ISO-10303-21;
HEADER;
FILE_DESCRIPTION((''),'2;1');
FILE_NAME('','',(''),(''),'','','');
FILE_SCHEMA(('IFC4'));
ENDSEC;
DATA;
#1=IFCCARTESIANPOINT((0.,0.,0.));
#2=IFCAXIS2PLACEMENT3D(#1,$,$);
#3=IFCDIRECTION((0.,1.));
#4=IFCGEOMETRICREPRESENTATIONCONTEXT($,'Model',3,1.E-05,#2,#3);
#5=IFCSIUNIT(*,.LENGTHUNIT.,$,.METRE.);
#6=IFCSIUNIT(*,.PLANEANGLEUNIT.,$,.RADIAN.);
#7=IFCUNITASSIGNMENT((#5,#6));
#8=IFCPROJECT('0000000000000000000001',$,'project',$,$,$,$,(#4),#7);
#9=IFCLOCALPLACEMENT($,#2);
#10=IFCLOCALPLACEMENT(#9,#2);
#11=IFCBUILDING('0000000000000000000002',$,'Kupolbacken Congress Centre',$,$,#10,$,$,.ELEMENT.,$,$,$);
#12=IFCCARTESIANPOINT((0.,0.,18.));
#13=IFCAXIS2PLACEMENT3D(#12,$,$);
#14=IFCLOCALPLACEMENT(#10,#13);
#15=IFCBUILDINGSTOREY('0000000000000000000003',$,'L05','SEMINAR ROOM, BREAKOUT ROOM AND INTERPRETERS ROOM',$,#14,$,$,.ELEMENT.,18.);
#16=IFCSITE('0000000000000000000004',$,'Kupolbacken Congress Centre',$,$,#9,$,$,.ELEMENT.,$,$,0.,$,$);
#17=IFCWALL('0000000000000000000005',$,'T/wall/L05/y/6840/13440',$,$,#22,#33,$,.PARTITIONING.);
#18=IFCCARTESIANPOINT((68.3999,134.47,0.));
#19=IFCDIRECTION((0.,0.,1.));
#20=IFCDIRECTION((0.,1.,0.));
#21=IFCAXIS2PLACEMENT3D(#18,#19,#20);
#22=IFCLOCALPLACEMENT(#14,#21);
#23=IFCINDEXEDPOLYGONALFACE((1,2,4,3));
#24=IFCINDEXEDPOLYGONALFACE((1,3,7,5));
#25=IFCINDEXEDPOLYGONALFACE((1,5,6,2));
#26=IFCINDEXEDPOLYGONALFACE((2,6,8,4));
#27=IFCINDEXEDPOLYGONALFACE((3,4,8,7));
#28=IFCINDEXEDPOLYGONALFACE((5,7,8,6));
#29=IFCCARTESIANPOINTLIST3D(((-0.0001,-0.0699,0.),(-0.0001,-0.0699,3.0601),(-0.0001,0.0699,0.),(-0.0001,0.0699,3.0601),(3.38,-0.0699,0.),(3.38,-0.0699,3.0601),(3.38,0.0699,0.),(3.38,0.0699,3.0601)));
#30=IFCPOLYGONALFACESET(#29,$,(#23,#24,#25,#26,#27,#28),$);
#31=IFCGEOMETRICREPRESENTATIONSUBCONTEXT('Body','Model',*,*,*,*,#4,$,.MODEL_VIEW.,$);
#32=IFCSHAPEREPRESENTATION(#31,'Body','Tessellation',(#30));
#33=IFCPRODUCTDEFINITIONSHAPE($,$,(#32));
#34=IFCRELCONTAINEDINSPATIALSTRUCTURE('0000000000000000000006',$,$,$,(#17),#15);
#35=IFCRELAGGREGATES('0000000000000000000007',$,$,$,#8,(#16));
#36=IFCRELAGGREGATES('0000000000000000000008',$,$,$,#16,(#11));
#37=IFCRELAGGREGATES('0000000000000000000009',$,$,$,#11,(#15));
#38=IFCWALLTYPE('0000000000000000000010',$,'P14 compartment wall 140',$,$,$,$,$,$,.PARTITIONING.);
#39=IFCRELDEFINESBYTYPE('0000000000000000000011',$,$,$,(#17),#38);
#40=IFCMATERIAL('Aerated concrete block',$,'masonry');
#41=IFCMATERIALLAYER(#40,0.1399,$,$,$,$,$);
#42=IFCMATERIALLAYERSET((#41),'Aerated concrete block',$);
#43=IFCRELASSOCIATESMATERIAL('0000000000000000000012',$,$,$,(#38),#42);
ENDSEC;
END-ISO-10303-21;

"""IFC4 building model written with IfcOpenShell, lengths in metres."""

from ifc_helpers import new_model, si_unit, direction, frame, frame_2d, origin, place, context, subcontext, project, spatial, rectangle, extrude, material, layer, layer_set, type_object, element, save


model = new_model("IFC4")

# Units and contexts
model_context = context("Model", 3, precision=1e-05, world=origin(), true_north=direction((0.0, 1.0)))
body_context = subcontext(model_context, "Body", "Model", "MODEL_VIEW")
ifc_project = project(units=[si_unit("LENGTHUNIT", "METRE"), si_unit("PLANEANGLEUNIT", "RADIAN")], contexts=[model_context])

# Site, building, storey
site_placement = place(None, origin())
site = spatial("IfcSite", under=ifc_project, at=site_placement, Name="Kupolbacken Congress Centre", CompositionType="ELEMENT", RefElevation=0.0)
building_placement = place(site_placement, origin())
building = spatial("IfcBuilding", under=site, at=building_placement, Name="Kupolbacken Congress Centre", CompositionType="ELEMENT")
storey_placement = place(building_placement, frame((0.0, 0.0, 18.0)))
storey = spatial("IfcBuildingStorey", under=building, at=storey_placement, Name="L05", Description="SEMINAR ROOM, BREAKOUT ROOM AND INTERPRETERS ROOM", CompositionType="ELEMENT", Elevation=18.0)

# Shared definitions
ifc_material_1 = material(Name="Aerated concrete block", Category="masonry")
ifc_layer_1 = layer(ifc_material_1, 0.1399)
ifc_layer_set_1 = layer_set([ifc_layer_1], Name="Aerated concrete block")
wall_type_1 = type_object("IfcWallType", Name="P14 compartment wall 140", PredefinedType="PARTITIONING", material=ifc_layer_set_1)

# Wall
wall_1_placement = place(storey_placement, frame((68.3999, 134.47, 0.0), z_axis=(0.0, 0.0, 1.0), x_axis=(0.0, 1.0, 0.0)))
element("IfcWall", 1, at=wall_1_placement, inside=storey, type_object=wall_type_1, Name="T/wall/L05/y/6840/13440", PredefinedType="PARTITIONING", context=body_context, shape_type="SweptSolid", body=[
    extrude(rectangle(XDim=3.3801, YDim=0.1399, at=frame_2d((1.6899, 0.0))), origin(), (0.0, 0.0, 1.0), 3.0601),
])

save(model, "model.ifc")
